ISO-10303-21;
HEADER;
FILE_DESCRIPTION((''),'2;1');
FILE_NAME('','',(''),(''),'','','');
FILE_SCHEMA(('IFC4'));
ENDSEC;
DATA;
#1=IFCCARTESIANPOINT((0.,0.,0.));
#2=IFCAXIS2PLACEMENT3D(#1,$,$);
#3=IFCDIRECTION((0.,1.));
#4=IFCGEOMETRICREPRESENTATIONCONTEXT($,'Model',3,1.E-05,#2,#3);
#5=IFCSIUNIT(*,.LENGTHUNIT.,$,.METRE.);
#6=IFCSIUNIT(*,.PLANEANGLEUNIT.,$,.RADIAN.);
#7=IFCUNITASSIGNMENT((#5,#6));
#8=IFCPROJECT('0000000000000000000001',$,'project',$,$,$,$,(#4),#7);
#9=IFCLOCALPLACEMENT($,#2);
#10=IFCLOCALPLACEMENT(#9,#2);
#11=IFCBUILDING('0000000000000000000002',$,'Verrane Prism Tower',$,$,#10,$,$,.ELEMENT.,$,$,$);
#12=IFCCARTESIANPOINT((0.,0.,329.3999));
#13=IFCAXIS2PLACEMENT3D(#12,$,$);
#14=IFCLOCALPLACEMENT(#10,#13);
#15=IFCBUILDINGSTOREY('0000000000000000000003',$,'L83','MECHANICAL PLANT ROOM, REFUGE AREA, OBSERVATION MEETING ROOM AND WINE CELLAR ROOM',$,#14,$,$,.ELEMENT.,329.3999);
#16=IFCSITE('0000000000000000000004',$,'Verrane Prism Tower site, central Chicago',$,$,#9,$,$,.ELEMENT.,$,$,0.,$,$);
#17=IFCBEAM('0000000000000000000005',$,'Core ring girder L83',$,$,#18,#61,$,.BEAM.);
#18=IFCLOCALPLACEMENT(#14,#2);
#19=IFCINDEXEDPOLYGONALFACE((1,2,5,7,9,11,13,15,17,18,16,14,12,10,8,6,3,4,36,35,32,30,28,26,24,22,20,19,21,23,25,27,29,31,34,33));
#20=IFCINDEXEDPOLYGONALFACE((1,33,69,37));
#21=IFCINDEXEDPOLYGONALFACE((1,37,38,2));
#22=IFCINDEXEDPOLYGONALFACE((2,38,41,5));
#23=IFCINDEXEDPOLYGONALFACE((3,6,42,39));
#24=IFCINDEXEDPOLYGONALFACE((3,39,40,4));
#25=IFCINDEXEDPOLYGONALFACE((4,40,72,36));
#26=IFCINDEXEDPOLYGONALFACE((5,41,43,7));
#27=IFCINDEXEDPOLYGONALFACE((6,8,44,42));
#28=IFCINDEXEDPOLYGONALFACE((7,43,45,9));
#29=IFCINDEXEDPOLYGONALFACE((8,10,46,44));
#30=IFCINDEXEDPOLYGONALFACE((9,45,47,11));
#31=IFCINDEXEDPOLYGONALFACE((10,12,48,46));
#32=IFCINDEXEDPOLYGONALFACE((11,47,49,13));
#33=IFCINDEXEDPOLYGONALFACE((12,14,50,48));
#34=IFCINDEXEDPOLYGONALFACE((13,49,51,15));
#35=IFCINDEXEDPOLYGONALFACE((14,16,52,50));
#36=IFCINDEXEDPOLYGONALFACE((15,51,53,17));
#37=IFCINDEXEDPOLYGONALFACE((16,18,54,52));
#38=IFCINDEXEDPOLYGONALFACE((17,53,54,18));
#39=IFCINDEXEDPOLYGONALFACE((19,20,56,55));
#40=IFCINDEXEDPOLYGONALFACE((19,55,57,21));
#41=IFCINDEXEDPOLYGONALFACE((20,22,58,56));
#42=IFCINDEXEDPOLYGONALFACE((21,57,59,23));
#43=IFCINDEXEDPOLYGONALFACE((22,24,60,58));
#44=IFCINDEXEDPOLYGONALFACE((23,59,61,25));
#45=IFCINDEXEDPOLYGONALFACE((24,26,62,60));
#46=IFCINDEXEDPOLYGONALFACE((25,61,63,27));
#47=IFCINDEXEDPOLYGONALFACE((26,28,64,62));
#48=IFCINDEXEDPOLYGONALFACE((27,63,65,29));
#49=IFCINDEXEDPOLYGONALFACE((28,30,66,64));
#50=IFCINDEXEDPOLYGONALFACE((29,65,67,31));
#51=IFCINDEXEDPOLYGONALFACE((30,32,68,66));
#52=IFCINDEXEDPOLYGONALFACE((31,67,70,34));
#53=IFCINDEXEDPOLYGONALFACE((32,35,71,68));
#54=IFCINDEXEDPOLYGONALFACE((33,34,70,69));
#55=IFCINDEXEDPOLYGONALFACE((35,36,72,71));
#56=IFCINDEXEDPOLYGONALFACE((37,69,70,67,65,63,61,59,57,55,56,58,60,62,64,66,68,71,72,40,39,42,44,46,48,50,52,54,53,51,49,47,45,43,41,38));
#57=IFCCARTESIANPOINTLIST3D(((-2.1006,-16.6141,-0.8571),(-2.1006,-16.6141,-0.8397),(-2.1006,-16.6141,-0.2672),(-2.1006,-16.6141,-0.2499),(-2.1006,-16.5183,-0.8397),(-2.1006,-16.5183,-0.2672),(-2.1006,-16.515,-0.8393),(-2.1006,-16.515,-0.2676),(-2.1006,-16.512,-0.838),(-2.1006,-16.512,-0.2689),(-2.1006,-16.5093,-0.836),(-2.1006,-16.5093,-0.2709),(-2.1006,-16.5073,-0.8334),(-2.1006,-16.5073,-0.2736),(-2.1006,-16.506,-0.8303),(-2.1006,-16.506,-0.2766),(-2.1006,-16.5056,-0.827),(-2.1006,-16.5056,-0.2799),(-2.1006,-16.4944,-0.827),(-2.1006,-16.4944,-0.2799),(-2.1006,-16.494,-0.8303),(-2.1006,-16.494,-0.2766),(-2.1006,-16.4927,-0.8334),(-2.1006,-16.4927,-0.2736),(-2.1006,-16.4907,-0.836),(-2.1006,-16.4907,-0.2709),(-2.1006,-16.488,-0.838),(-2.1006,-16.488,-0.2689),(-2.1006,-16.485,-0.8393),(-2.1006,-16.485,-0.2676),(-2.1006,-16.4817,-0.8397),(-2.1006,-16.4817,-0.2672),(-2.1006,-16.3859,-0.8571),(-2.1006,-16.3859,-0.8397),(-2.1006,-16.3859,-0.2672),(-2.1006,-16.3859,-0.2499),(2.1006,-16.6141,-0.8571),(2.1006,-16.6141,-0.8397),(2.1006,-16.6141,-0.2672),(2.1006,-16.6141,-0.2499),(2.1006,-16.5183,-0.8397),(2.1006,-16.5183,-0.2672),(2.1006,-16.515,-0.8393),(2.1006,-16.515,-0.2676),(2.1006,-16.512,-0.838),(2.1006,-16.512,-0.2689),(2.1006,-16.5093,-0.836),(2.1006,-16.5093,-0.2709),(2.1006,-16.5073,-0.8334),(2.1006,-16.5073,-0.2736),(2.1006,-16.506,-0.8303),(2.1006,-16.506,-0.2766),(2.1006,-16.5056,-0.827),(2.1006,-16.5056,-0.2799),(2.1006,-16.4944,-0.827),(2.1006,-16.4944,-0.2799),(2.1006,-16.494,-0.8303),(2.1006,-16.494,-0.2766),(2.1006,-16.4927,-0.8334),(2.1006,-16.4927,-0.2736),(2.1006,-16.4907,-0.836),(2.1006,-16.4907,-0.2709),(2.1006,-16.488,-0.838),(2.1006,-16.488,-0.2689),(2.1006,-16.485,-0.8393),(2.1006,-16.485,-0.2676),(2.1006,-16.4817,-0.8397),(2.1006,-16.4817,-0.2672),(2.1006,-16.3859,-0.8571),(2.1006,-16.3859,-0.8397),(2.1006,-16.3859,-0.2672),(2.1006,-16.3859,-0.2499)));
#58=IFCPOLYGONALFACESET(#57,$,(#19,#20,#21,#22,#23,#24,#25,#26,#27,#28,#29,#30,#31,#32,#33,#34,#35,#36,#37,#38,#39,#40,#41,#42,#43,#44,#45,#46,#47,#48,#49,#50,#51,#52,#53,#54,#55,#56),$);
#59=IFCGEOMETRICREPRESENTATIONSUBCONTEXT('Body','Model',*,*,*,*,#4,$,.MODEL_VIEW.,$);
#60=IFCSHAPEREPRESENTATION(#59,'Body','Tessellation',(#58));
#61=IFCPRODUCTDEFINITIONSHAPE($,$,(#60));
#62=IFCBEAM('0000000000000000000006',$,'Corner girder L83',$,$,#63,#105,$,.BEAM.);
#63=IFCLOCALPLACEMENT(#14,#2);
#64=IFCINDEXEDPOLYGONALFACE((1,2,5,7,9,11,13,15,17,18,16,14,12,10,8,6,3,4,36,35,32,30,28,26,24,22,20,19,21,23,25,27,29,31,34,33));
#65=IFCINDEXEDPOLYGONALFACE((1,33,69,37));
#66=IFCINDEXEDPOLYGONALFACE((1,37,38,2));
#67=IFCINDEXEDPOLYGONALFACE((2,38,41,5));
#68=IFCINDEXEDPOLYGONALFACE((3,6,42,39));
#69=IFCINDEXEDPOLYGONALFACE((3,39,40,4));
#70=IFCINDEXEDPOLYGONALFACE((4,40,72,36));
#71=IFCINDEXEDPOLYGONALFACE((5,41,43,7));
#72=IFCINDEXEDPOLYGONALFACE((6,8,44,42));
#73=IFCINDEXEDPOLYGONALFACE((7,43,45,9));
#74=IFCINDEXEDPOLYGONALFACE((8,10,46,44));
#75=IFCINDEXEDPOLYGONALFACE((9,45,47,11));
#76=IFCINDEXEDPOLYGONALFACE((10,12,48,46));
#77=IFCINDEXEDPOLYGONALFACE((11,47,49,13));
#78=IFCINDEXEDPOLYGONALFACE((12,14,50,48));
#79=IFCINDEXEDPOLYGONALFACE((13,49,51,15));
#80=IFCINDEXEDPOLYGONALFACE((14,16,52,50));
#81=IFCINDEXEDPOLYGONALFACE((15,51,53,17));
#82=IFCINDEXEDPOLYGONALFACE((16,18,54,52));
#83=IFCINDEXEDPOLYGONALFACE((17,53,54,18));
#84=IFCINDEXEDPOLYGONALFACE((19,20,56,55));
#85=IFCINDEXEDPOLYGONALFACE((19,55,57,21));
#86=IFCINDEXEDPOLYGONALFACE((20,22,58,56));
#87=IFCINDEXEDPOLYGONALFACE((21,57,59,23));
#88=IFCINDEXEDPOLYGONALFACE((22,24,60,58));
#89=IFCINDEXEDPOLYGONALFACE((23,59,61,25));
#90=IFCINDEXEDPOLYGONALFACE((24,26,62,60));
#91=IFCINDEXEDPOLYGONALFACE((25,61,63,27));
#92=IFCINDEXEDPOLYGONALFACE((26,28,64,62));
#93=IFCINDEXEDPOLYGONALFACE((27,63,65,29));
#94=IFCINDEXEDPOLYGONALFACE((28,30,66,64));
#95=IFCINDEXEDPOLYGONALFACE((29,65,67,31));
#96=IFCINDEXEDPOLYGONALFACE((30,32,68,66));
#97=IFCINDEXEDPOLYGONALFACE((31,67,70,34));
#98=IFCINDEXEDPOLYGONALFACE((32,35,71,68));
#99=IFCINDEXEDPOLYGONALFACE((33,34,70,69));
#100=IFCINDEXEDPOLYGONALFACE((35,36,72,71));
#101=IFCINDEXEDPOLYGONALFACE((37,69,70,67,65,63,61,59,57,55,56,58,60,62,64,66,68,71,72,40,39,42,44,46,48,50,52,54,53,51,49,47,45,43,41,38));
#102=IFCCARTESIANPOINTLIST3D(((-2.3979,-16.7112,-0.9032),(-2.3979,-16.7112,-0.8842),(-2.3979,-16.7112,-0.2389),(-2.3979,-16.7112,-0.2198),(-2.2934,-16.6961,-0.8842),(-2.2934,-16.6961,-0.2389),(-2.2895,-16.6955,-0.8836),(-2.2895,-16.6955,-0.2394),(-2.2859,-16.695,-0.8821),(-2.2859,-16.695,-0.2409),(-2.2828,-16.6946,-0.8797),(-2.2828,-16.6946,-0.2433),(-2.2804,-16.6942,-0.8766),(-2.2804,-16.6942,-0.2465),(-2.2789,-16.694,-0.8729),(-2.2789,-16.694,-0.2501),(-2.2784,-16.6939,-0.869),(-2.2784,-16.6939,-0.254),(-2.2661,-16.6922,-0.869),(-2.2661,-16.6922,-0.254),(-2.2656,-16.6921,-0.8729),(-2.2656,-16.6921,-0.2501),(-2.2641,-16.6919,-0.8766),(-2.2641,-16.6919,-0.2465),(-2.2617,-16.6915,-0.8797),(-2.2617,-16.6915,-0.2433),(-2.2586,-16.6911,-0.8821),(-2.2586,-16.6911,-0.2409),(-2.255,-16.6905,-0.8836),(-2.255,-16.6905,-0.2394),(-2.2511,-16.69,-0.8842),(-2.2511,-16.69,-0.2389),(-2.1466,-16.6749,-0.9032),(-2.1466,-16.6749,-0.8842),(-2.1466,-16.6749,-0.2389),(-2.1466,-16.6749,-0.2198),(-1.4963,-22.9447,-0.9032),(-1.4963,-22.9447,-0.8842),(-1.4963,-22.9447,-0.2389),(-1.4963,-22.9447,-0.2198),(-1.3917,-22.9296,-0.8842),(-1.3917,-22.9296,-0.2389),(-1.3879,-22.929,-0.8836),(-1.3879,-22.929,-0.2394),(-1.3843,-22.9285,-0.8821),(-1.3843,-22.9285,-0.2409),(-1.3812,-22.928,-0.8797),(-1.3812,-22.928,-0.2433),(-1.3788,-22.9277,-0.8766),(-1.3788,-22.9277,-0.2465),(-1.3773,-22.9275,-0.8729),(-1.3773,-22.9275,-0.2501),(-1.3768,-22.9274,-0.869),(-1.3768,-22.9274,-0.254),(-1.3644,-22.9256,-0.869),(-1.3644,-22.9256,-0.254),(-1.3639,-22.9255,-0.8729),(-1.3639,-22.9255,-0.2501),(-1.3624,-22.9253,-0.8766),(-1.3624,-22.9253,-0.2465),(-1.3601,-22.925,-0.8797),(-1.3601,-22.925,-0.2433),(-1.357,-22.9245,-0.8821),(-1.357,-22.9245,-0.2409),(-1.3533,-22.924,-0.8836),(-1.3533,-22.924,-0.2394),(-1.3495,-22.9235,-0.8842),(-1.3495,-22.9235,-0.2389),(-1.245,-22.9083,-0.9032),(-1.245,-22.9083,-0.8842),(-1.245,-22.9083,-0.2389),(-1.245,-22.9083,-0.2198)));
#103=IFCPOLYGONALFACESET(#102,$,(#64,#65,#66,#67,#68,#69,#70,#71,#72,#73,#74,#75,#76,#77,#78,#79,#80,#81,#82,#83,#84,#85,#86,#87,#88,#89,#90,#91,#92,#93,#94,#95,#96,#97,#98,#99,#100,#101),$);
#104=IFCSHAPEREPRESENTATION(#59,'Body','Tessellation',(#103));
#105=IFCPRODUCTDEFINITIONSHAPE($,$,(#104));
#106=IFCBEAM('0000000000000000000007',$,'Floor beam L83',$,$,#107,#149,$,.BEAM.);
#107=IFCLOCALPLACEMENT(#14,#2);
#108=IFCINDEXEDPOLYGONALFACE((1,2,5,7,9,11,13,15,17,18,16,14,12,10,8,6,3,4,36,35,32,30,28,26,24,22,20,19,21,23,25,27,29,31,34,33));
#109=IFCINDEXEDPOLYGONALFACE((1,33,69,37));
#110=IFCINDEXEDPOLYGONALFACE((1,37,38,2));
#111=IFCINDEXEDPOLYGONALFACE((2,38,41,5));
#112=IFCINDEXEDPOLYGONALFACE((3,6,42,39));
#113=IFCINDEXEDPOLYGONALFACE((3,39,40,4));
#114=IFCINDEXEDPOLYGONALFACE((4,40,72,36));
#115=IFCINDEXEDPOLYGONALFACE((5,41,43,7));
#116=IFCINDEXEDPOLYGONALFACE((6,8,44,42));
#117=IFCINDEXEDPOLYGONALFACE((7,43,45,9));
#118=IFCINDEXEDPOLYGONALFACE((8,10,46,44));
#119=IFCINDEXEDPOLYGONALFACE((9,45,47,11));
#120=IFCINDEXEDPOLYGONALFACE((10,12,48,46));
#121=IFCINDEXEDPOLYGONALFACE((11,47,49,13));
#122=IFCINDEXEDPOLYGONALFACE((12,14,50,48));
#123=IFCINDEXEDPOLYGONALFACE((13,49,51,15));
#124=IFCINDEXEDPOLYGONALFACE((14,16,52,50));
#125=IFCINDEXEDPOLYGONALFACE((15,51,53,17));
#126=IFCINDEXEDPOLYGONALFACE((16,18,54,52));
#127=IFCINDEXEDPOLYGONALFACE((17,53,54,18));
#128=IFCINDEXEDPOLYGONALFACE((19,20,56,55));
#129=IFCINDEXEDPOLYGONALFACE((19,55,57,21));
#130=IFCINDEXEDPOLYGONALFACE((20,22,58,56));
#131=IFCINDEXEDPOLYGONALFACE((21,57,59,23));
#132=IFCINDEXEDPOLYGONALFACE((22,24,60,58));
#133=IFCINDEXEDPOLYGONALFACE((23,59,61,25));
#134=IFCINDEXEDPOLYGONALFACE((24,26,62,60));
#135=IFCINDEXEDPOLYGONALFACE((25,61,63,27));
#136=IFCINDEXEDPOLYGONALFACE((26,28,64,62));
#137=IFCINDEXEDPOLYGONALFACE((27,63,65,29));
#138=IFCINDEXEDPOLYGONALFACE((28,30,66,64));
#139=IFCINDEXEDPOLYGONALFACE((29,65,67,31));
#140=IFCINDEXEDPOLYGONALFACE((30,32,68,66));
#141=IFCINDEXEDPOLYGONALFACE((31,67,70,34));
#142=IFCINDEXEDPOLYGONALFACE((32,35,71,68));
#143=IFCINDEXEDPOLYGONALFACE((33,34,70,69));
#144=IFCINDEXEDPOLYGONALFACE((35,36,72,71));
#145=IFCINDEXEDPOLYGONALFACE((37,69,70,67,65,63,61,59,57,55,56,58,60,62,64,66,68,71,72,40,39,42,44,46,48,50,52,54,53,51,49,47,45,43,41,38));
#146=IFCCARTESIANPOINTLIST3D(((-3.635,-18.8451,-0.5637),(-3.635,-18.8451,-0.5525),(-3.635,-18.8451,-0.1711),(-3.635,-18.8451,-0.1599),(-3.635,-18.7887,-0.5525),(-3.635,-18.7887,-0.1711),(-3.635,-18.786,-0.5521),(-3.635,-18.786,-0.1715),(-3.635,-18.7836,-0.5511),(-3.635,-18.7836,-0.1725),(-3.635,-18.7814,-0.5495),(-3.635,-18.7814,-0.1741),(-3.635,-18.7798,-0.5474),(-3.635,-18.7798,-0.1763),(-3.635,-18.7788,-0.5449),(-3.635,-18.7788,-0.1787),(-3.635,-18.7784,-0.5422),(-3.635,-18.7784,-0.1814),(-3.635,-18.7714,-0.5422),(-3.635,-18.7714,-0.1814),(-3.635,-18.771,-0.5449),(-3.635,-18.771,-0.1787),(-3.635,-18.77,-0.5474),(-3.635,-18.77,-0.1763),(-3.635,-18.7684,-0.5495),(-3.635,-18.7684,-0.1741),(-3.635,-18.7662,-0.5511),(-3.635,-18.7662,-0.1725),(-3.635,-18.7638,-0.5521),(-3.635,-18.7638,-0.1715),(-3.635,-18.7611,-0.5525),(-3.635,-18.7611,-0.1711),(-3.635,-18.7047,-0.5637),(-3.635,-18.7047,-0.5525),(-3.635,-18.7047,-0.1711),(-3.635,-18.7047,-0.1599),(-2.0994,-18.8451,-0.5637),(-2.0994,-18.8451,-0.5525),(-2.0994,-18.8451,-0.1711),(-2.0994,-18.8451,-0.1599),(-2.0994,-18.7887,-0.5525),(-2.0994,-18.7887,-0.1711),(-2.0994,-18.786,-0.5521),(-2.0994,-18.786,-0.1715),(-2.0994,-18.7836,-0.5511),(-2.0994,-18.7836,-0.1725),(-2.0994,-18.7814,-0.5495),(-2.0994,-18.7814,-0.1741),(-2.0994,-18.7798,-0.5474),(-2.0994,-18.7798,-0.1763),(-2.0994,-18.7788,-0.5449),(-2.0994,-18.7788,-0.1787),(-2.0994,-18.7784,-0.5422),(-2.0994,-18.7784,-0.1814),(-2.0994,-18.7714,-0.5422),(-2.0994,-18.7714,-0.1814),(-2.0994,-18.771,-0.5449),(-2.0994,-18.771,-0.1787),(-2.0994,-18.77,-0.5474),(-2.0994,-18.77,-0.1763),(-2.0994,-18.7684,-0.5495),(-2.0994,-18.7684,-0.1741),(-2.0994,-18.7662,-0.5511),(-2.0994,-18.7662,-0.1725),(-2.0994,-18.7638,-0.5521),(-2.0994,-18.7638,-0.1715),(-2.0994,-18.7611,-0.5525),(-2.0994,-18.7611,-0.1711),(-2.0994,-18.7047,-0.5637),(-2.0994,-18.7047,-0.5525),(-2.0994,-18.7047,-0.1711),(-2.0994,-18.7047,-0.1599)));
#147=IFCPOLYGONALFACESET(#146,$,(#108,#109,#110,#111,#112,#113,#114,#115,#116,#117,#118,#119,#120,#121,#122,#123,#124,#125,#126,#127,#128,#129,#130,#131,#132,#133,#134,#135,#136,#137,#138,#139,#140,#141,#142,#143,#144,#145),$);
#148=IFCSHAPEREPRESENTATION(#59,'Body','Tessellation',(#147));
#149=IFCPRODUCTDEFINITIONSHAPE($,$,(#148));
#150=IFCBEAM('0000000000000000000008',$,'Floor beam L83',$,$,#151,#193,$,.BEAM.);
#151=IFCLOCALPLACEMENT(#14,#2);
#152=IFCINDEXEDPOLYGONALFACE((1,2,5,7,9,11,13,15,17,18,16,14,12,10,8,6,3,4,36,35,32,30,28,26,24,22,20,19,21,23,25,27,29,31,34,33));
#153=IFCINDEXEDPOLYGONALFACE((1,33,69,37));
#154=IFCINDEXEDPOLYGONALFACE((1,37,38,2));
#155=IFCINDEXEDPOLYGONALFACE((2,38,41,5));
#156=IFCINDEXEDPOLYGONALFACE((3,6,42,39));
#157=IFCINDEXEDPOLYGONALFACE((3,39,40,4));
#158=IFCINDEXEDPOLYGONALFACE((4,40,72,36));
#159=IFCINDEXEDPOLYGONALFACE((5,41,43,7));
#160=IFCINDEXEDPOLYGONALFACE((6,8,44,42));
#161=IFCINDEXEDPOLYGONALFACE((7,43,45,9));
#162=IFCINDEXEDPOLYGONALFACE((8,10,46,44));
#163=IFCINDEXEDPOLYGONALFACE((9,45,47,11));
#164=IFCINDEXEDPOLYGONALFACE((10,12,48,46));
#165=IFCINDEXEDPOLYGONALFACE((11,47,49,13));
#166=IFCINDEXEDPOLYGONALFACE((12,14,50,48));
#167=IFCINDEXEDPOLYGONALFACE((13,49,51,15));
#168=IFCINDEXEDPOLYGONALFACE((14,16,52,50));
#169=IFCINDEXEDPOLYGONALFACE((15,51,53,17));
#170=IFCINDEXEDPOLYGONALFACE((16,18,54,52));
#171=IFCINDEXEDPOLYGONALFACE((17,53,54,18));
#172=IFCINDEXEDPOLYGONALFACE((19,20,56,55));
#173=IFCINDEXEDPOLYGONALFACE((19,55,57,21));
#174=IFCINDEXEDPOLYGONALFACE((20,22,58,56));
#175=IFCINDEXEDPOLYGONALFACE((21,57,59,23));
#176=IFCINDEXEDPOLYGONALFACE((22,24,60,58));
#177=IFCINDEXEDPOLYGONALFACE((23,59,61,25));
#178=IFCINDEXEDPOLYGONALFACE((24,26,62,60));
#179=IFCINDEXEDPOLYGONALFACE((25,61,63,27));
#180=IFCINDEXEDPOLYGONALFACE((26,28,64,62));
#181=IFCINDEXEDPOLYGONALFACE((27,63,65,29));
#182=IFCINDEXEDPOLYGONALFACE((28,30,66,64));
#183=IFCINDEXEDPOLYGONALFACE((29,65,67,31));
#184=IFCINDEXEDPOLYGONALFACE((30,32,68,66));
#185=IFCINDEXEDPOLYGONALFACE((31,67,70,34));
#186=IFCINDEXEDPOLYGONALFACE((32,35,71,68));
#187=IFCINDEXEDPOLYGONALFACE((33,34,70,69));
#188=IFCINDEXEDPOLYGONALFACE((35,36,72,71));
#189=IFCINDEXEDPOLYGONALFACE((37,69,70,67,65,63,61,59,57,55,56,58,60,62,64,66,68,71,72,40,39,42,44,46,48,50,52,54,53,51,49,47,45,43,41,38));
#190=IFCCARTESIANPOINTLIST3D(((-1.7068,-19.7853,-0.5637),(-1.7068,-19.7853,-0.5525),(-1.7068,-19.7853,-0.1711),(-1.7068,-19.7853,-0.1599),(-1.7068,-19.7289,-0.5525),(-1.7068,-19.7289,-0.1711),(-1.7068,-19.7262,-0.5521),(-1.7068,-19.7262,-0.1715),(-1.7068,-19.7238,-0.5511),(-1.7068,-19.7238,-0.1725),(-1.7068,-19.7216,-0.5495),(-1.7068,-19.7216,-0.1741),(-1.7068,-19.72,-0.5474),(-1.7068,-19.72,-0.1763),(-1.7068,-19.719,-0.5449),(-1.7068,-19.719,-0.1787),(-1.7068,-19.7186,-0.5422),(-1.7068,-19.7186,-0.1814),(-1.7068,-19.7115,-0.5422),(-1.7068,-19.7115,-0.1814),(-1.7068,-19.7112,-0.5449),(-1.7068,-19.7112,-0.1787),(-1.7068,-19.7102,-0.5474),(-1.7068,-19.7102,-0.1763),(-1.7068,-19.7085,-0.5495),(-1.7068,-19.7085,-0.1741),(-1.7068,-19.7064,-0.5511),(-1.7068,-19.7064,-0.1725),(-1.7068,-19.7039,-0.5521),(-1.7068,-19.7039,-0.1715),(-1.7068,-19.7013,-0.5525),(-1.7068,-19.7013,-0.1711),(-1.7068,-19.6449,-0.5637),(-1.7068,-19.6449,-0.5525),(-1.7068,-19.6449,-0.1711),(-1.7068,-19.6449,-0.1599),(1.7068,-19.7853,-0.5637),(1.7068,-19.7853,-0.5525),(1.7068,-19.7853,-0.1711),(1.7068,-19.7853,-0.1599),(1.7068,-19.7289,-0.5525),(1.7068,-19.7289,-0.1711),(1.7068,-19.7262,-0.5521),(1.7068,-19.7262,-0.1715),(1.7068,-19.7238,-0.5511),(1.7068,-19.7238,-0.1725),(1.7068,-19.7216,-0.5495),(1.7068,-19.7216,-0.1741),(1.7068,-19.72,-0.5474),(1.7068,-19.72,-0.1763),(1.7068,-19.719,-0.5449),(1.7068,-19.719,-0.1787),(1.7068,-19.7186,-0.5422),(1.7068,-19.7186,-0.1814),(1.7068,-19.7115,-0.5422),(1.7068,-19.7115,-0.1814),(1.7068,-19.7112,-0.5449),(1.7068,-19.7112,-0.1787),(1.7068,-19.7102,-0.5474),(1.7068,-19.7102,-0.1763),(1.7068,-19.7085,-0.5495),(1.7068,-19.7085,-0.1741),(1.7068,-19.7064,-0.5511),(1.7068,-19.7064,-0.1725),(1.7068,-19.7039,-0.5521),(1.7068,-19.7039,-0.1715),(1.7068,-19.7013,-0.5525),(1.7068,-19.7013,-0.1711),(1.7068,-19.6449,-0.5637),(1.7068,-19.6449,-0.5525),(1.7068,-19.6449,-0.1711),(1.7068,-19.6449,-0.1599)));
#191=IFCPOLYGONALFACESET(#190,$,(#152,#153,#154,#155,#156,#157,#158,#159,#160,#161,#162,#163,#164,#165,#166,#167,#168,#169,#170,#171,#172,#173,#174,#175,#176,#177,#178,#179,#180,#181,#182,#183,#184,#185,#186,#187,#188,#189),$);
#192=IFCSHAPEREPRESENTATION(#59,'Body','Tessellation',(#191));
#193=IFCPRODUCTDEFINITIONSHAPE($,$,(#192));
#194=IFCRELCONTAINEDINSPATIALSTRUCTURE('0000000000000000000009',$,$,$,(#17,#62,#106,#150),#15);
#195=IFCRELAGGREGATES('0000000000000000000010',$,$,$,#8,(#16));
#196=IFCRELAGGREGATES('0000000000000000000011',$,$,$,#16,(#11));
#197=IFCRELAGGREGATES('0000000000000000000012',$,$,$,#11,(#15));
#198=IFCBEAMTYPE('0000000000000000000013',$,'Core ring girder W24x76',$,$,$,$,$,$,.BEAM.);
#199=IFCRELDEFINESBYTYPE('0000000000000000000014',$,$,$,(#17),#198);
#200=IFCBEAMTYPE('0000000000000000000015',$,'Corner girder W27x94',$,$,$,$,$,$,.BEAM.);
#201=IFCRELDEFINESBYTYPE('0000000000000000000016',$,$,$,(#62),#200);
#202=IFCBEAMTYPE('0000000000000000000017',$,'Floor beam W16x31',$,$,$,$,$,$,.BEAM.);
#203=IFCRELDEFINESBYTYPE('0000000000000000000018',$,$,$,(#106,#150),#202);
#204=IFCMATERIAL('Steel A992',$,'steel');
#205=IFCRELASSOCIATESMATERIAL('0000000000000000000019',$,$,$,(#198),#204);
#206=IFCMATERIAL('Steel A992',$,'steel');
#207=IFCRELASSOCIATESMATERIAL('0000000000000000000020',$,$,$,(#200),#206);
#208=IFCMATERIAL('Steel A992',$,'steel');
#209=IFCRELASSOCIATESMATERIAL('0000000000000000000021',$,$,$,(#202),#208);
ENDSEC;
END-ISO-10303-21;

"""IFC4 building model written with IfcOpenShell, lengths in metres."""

from ifc_helpers import new_model, si_unit, direction, frame, origin, origin_2d, place, context, subcontext, project, spatial, i_section, extrude, material, material_profile, profile_set, type_object, element, save


model = new_model("IFC4")

# Units and contexts
model_context = context("Model", 3, precision=1e-05, world=origin(), true_north=direction((0.0, 1.0)))
body_context = subcontext(model_context, "Body", "Model", "MODEL_VIEW")
ifc_project = project(units=[si_unit("LENGTHUNIT", "METRE"), si_unit("PLANEANGLEUNIT", "RADIAN")], contexts=[model_context])

# Site, building, storey
site_placement = place(None, origin())
site = spatial("IfcSite", under=ifc_project, at=site_placement, Name="Verrane Prism Tower site, central Chicago", CompositionType="ELEMENT", RefElevation=0.0)
building_placement = place(site_placement, origin())
building = spatial("IfcBuilding", under=site, at=building_placement, Name="Verrane Prism Tower", CompositionType="ELEMENT")
storey_placement = place(building_placement, frame((0.0, 0.0, 329.3999)))
storey = spatial("IfcBuildingStorey", under=building, at=storey_placement, Name="L83", Description="MECHANICAL PLANT ROOM, REFUGE AREA, OBSERVATION MEETING ROOM AND WINE CELLAR ROOM", CompositionType="ELEMENT", Elevation=329.3999)

# Beams
ifc_material_1 = material(Name="Steel A992", Category="steel")
ifc_material_profile_1 = material_profile(ifc_material_1, i_section(OverallWidth=0.2283, OverallDepth=0.6072, WebThickness=0.0112, FlangeThickness=0.0173, FilletRadius=0.0127, at=origin_2d()), Name="W24x76")
ifc_profile_set_1 = profile_set([ifc_material_profile_1], Name="Steel A992")
beam_type_1 = type_object("IfcBeamType", Name="Core ring girder W24x76", PredefinedType="BEAM", material=ifc_profile_set_1)
beam_1_placement = place(storey_placement, frame((-2.1006, -16.5, -0.5535), z_axis=(1.0, 0.0, 0.0), x_axis=(0.0, 1.0, 0.0)))
element("IfcBeam", 1, at=beam_1_placement, inside=storey, type_object=beam_type_1, Name="Core ring girder L83", PredefinedType="BEAM", context=body_context, shape_type="SweptSolid", body=[
    extrude(i_section(OverallWidth=0.2283, OverallDepth=0.6072, WebThickness=0.0112, FlangeThickness=0.0173, FilletRadius=0.0127, at=origin_2d()), origin(), (0.0, 0.0, 1.0), 4.2012),
])
ifc_material_2 = material(Name="Steel A992", Category="steel")
ifc_material_profile_2 = material_profile(ifc_material_2, i_section(OverallWidth=0.2539, OverallDepth=0.6833, WebThickness=0.0125, FlangeThickness=0.019, FilletRadius=0.0151, at=origin_2d()), Name="W27x94")
ifc_profile_set_2 = profile_set([ifc_material_profile_2], Name="Steel A992")
beam_type_2 = type_object("IfcBeamType", Name="Corner girder W27x94", PredefinedType="BEAM", material=ifc_profile_set_2)
beam_2_placement = place(storey_placement, frame((-1.3706, -22.9265, -0.5615), z_axis=(-0.143152, 0.989701, 0.0), x_axis=(-0.989701, -0.143152, 0.0)))
element("IfcBeam", 2, at=beam_2_placement, inside=storey, type_object=beam_type_2, Name="Corner girder L83", PredefinedType="BEAM", context=body_context, shape_type="SweptSolid", body=[
    extrude(i_section(OverallWidth=0.2539, OverallDepth=0.6833, WebThickness=0.0125, FlangeThickness=0.019, FilletRadius=0.0151, at=origin_2d()), origin(), (0.0, 0.0, 1.0), 6.2983),
])
ifc_material_3 = material(Name="Steel A992", Category="steel")
ifc_material_profile_3 = material_profile(ifc_material_3, i_section(OverallWidth=0.1404, OverallDepth=0.4038, WebThickness=0.0071, FlangeThickness=0.0112, FilletRadius=0.0103, at=origin_2d()), Name="W16x31")
ifc_profile_set_3 = profile_set([ifc_material_profile_3], Name="Steel A992")
beam_type_3 = type_object("IfcBeamType", Name="Floor beam W16x31", PredefinedType="BEAM", material=ifc_profile_set_3)
beam_3_placement = place(storey_placement, frame((-3.635, -18.7749, -0.3618), z_axis=(1.0, 0.0, 0.0), x_axis=(0.0, 1.0, 0.0)))
element("IfcBeam", 3, at=beam_3_placement, inside=storey, type_object=beam_type_3, Name="Floor beam L83", PredefinedType="BEAM", context=body_context, shape_type="SweptSolid", body=[
    extrude(i_section(OverallWidth=0.1404, OverallDepth=0.4038, WebThickness=0.0071, FlangeThickness=0.0112, FilletRadius=0.0103, at=origin_2d()), origin(), (0.0, 0.0, 1.0), 1.5356),
])
beam_4_placement = place(storey_placement, frame((-1.7068, -19.7151, -0.3618), z_axis=(1.0, 0.0, 0.0), x_axis=(0.0, 1.0, 0.0)))
element("IfcBeam", 4, at=beam_4_placement, inside=storey, type_object=beam_type_3, Name="Floor beam L83", PredefinedType="BEAM", context=body_context, shape_type="SweptSolid", body=[
    extrude(i_section(OverallWidth=0.1404, OverallDepth=0.4038, WebThickness=0.0071, FlangeThickness=0.0112, FilletRadius=0.0103, at=origin_2d()), origin(), (0.0, 0.0, 1.0), 3.4136),
])

save(model, "model.ifc")
